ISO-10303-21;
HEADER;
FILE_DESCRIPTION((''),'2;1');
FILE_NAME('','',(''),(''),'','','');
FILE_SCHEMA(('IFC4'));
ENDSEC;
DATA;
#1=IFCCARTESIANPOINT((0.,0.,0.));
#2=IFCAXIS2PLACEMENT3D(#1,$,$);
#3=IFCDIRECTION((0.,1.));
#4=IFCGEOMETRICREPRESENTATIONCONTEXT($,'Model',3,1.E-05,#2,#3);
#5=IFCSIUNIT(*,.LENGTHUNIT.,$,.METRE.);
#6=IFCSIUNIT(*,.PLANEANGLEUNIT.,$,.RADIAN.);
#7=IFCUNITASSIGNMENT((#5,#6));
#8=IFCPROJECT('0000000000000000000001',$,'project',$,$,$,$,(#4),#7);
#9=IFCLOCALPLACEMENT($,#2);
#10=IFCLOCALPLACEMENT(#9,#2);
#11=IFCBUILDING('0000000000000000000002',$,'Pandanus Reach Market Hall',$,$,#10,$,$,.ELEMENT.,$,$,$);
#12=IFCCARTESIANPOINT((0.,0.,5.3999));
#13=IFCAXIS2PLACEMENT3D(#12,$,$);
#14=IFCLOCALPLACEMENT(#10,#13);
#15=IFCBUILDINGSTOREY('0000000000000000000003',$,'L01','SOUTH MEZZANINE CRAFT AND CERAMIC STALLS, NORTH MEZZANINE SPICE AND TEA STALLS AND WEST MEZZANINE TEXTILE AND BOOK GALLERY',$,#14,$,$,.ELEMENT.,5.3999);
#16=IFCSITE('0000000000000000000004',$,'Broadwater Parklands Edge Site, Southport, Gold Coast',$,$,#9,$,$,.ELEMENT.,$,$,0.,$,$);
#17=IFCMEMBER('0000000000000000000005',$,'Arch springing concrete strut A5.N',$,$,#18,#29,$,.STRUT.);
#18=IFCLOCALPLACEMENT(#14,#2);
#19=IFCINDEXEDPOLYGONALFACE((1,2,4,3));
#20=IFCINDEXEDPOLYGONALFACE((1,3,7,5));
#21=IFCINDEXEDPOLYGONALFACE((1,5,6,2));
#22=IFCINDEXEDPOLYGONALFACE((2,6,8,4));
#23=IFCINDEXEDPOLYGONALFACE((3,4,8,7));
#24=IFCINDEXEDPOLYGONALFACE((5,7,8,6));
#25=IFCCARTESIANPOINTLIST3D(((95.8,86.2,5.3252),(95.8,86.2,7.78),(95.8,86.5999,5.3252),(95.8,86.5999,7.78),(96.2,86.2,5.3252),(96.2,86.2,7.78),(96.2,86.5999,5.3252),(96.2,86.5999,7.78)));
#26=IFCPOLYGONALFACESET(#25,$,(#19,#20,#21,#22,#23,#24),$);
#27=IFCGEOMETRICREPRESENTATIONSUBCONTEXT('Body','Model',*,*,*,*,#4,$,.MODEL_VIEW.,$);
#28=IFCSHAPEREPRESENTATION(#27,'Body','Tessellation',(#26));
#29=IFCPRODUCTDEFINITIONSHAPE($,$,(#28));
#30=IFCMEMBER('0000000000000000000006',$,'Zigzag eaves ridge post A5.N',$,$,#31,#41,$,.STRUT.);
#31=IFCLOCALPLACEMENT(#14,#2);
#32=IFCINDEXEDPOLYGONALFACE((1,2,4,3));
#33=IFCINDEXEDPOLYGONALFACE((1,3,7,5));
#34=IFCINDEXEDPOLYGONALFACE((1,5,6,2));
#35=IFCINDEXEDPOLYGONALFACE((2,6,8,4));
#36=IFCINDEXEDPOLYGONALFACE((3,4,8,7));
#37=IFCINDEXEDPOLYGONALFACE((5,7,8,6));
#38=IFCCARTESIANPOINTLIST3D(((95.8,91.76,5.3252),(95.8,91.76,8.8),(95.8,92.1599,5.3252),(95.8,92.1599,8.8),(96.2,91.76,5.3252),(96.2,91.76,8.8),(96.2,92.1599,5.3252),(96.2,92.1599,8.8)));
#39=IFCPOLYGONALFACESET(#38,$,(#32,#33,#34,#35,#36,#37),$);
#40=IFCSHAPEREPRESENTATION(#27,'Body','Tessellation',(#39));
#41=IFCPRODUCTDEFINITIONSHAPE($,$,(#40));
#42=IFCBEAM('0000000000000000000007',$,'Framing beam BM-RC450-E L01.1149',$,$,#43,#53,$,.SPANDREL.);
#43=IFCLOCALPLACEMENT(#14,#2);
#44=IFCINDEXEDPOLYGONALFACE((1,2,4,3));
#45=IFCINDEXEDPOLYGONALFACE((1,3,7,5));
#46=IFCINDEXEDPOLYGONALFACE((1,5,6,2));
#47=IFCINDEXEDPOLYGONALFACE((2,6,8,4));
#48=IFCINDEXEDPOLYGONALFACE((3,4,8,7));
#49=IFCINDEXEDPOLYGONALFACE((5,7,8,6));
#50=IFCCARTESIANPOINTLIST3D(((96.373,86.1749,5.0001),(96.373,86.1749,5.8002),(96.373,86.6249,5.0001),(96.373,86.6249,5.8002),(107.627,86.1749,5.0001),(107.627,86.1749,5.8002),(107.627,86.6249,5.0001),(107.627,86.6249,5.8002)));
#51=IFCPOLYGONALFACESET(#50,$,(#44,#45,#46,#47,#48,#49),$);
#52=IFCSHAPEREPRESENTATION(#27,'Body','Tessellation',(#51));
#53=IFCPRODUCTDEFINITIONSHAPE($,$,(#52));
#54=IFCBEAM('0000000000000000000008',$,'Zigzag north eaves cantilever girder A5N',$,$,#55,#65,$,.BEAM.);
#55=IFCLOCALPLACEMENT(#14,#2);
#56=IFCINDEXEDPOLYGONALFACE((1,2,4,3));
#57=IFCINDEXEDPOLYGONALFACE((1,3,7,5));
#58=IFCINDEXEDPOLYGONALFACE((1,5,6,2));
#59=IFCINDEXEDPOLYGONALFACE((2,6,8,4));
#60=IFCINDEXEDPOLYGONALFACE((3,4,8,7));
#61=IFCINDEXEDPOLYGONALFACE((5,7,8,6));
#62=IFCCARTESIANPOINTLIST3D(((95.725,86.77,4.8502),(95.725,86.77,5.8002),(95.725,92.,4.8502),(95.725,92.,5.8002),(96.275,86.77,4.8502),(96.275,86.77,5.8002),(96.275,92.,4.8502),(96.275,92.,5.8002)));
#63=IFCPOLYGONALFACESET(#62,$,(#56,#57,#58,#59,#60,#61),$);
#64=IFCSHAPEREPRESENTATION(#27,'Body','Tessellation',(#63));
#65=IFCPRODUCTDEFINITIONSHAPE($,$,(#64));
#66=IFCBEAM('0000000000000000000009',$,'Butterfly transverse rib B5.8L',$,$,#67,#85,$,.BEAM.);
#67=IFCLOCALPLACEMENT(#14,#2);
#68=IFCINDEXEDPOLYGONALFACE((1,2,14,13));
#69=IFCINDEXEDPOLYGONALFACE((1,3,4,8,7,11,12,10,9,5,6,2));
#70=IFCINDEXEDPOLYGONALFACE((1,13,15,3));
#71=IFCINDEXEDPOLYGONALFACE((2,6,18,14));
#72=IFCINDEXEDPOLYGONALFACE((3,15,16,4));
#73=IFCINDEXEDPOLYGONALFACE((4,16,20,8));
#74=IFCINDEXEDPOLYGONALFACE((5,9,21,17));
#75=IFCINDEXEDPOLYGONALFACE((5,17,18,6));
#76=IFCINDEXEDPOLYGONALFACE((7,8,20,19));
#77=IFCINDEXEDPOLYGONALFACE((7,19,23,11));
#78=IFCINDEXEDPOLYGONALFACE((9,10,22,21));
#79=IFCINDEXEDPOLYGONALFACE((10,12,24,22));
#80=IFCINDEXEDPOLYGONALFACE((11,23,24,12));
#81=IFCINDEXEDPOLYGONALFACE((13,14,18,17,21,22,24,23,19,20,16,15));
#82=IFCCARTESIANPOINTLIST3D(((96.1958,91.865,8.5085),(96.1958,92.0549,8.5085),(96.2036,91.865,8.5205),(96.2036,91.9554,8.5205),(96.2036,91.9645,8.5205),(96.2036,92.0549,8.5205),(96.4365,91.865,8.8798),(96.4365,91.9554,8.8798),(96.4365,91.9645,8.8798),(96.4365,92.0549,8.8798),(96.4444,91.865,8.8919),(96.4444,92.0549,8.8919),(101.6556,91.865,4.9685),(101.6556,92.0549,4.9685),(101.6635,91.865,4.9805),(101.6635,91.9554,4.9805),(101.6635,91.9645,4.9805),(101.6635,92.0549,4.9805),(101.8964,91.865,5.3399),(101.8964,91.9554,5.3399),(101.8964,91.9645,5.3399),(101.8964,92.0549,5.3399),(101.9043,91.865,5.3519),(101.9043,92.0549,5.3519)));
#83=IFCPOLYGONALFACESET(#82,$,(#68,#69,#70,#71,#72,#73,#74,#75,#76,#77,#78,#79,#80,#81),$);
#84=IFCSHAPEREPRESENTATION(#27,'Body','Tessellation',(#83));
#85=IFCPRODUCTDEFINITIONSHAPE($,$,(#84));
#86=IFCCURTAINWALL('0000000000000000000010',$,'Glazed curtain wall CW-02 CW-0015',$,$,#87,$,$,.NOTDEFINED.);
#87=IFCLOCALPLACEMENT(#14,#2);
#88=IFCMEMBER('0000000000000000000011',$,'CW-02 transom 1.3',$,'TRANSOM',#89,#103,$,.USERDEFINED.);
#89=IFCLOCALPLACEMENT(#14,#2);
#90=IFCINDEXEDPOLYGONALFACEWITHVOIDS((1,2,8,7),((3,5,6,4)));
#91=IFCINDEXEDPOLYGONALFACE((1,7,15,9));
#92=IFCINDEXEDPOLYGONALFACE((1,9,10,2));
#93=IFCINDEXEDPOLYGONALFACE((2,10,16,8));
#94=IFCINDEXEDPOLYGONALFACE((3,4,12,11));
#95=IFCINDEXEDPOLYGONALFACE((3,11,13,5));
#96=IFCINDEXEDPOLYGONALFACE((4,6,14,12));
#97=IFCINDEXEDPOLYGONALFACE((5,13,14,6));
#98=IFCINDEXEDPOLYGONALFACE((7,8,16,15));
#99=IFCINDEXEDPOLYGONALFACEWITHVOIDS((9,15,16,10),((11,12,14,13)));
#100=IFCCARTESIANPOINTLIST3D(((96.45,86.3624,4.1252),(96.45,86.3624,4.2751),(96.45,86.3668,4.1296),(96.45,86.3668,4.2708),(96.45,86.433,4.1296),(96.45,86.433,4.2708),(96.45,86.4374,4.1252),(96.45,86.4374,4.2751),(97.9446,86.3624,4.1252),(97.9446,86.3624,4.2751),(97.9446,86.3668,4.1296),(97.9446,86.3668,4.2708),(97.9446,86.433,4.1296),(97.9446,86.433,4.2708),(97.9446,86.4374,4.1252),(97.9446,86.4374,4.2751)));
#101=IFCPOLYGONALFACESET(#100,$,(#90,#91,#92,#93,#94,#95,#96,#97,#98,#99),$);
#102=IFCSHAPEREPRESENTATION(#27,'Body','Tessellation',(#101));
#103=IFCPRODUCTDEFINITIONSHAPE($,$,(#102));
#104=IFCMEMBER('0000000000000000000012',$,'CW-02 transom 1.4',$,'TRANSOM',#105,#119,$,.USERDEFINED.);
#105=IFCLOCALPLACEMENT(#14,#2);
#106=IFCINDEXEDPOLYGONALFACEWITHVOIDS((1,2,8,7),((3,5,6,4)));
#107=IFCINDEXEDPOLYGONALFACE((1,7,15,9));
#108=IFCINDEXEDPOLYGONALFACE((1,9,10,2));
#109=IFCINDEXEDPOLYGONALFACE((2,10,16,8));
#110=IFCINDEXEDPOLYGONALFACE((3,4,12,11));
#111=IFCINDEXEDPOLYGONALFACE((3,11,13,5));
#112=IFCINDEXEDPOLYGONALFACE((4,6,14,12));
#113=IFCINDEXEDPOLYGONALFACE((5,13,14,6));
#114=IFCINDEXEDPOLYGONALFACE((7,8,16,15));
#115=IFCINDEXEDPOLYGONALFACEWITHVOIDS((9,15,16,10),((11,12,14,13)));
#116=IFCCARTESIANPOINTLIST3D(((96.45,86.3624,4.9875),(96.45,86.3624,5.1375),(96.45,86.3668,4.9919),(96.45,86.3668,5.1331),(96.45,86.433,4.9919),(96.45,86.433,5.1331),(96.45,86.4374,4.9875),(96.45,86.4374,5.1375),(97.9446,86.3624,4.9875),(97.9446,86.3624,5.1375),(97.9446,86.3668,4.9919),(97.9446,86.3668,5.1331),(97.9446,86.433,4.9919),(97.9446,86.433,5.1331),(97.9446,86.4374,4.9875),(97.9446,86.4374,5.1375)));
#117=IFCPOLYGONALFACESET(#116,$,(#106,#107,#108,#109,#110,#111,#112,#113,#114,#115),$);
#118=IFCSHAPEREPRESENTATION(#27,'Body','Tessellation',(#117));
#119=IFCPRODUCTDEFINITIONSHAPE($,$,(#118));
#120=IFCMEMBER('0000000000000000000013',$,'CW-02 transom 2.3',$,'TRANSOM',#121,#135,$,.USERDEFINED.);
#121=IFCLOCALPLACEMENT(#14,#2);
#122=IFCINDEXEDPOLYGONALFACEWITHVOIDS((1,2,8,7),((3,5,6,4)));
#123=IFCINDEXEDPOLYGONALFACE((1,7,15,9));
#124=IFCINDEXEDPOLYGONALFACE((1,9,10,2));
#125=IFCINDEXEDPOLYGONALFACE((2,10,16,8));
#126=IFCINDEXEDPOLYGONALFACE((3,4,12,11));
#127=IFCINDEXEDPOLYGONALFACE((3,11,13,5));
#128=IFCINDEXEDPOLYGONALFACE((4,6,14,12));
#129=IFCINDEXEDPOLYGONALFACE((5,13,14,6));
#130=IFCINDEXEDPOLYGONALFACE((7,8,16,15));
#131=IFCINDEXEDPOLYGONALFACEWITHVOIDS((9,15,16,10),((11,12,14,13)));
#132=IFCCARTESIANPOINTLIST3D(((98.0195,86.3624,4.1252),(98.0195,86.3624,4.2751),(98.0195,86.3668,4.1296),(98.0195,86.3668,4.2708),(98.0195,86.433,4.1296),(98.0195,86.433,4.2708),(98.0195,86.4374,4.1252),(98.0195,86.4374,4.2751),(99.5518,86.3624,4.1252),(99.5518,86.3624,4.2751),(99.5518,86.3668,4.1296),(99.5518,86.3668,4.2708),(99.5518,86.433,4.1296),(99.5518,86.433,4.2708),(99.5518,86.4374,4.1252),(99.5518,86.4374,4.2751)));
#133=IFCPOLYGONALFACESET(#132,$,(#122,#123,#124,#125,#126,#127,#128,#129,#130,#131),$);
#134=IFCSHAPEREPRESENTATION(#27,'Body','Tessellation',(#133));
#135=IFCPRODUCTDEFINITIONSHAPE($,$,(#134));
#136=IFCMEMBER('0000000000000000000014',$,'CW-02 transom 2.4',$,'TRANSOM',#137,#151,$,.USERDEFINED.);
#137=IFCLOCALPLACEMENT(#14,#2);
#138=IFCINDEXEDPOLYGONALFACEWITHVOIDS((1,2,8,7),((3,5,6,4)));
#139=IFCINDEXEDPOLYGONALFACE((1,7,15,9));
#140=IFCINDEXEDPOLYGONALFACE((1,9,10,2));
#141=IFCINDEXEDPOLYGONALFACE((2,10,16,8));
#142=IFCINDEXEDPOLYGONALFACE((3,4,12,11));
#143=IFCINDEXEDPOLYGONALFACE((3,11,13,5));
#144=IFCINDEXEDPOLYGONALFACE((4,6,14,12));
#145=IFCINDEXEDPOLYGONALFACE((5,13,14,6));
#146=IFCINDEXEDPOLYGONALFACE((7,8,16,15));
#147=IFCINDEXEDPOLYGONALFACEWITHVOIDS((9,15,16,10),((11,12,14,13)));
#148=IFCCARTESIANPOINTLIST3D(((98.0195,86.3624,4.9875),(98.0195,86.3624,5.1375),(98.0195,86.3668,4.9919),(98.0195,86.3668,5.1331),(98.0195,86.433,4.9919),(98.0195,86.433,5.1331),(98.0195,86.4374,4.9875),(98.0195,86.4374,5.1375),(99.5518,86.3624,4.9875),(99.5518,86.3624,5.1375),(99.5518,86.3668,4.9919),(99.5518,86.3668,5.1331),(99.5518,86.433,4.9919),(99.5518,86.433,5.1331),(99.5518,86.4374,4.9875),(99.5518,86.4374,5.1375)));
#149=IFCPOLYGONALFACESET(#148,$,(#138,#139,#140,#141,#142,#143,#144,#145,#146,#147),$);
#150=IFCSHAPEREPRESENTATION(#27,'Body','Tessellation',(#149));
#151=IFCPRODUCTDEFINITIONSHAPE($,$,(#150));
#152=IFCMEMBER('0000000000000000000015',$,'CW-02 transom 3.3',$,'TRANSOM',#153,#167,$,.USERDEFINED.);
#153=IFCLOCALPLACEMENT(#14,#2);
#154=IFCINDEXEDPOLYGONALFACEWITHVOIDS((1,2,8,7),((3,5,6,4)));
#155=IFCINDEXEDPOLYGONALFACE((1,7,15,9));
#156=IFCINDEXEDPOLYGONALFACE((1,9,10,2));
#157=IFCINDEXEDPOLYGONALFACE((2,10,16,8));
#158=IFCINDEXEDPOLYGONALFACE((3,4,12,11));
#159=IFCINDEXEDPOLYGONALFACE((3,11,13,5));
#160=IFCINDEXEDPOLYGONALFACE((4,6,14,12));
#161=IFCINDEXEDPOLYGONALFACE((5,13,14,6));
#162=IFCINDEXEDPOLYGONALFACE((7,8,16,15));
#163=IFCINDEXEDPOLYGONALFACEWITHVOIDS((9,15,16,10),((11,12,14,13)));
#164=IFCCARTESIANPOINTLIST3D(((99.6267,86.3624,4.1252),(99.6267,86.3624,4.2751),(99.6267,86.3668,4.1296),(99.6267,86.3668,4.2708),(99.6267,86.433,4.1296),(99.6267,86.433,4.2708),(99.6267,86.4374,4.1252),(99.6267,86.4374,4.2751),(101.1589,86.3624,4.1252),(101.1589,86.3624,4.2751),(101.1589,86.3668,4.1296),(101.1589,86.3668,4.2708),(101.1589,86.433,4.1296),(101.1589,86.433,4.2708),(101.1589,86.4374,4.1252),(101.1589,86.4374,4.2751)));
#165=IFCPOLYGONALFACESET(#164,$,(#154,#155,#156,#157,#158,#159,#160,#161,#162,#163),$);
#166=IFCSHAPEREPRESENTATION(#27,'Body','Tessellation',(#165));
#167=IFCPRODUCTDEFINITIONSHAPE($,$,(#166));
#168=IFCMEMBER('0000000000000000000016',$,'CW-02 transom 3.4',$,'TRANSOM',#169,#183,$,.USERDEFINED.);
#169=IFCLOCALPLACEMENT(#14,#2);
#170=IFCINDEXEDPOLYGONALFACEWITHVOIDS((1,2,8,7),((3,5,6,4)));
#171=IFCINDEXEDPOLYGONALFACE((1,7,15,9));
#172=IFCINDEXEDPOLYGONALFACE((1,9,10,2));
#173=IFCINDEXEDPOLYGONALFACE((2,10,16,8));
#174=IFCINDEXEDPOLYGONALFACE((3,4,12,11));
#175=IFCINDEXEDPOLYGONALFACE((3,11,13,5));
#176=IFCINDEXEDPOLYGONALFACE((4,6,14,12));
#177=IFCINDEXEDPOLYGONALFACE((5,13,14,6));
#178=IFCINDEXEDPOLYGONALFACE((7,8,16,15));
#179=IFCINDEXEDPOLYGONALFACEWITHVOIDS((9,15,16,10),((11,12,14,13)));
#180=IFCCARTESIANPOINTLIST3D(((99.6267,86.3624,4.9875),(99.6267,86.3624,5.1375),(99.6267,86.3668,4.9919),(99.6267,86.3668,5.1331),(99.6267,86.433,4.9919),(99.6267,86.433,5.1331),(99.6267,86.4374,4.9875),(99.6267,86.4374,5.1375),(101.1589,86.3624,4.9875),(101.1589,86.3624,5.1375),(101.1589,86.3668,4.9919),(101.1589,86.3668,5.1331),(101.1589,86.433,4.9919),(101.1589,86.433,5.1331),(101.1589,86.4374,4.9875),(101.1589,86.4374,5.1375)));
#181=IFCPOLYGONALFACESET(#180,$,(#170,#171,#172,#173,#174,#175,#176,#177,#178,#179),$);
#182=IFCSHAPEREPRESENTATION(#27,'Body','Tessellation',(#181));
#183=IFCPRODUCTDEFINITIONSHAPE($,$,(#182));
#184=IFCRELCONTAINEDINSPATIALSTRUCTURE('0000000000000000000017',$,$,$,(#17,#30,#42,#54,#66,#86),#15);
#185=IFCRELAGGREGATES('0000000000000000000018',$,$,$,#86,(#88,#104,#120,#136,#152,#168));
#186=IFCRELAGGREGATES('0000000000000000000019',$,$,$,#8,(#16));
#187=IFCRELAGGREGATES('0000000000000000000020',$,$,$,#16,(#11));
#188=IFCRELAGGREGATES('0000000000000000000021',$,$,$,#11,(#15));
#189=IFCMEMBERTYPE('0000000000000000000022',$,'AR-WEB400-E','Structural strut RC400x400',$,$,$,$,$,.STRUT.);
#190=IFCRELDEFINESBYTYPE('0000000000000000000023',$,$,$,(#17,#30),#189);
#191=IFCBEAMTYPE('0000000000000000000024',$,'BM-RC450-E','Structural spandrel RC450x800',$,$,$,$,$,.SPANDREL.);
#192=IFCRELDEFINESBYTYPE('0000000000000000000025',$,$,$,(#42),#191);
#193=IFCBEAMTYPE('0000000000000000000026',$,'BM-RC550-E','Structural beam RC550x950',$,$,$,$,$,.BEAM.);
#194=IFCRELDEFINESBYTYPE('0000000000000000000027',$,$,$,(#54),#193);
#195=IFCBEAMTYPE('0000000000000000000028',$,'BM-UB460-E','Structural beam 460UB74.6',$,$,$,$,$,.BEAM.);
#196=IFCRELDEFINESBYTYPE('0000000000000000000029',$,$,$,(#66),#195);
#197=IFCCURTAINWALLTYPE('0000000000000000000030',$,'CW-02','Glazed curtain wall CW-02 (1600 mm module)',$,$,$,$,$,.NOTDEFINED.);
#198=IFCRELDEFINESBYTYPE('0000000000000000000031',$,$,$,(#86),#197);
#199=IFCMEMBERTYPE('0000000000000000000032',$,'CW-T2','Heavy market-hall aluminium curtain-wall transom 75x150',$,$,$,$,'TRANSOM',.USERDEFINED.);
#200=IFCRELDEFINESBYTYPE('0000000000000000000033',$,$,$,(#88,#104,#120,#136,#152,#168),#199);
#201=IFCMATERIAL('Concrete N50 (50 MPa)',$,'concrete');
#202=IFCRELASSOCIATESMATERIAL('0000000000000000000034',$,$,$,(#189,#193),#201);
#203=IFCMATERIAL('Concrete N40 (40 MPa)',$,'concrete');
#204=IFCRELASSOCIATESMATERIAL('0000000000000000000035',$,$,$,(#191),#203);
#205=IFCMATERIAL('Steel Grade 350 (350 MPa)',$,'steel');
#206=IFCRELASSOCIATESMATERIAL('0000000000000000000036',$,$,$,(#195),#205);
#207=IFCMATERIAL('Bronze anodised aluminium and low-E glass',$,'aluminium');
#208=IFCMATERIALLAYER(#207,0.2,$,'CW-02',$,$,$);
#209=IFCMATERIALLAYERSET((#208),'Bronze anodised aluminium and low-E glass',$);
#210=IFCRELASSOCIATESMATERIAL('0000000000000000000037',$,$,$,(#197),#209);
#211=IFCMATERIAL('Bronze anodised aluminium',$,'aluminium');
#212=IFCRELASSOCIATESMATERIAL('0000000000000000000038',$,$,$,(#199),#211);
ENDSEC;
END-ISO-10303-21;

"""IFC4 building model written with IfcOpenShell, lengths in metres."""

from ifc_helpers import new_model, si_unit, direction, frame, origin, origin_2d, place, context, subcontext, project, spatial, rectangle, hollow_rectangle, i_section, extrude, material, layer, layer_set, material_profile, profile_set, type_object, element, aggregate, save


model = new_model("IFC4")

# Units and contexts
model_context = context("Model", 3, precision=1e-05, world=origin(), true_north=direction((0.0, 1.0)))
body_context = subcontext(model_context, "Body", "Model", "MODEL_VIEW")
ifc_project = project(units=[si_unit("LENGTHUNIT", "METRE"), si_unit("PLANEANGLEUNIT", "RADIAN")], contexts=[model_context])

# Site, building, storey
site_placement = place(None, origin())
site = spatial("IfcSite", under=ifc_project, at=site_placement, Name="Broadwater Parklands Edge Site, Southport, Gold Coast", CompositionType="ELEMENT", RefElevation=0.0)
building_placement = place(site_placement, origin())
building = spatial("IfcBuilding", under=site, at=building_placement, Name="Pandanus Reach Market Hall", CompositionType="ELEMENT")
storey_placement = place(building_placement, frame((0.0, 0.0, 5.3999)))
storey = spatial("IfcBuildingStorey", under=building, at=storey_placement, Name="L01", Description="SOUTH MEZZANINE CRAFT AND CERAMIC STALLS, NORTH MEZZANINE SPICE AND TEA STALLS AND WEST MEZZANINE TEXTILE AND BOOK GALLERY", CompositionType="ELEMENT", Elevation=5.3999)

# Members
ifc_material_1 = material(Name="Concrete N50 (50 MPa)", Category="concrete")
ifc_material_profile_1 = material_profile(ifc_material_1, rectangle(XDim=0.3999, YDim=0.3999, at=origin_2d()), Name="RC400x400", Category="LoadBearing")
ifc_profile_set_1 = profile_set([ifc_material_profile_1], Name="Concrete N50 (50 MPa)")
member_type_1 = type_object("IfcMemberType", Name="AR-WEB400-E", Description="Structural strut RC400x400", PredefinedType="STRUT", material=ifc_profile_set_1)
member_1_placement = place(storey_placement, frame((96.0, 86.3999, 5.3252), z_axis=(0.0, 0.0, 1.0), x_axis=(1.0, 0.0, 0.0)))
element("IfcMember", 1, at=member_1_placement, inside=storey, type_object=member_type_1, Name="Arch springing concrete strut A5.N", PredefinedType="STRUT", context=body_context, shape_type="SweptSolid", body=[
    extrude(rectangle(XDim=0.3999, YDim=0.3999, at=origin_2d()), origin(), (0.0, 0.0, 1.0), 2.4548),
])
member_2_placement = place(storey_placement, frame((96.0, 91.96, 5.3252), z_axis=(0.0, 0.0, 1.0), x_axis=(1.0, 0.0, 0.0)))
element("IfcMember", 2, at=member_2_placement, inside=storey, type_object=member_type_1, Name="Zigzag eaves ridge post A5.N", PredefinedType="STRUT", context=body_context, shape_type="SweptSolid", body=[
    extrude(rectangle(XDim=0.3999, YDim=0.3999, at=origin_2d()), origin(), (0.0, 0.0, 1.0), 3.4749),
])

# Beams
ifc_material_2 = material(Name="Concrete N40 (40 MPa)", Category="concrete")
ifc_material_profile_2 = material_profile(ifc_material_2, rectangle(XDim=0.45, YDim=0.8, at=origin_2d()), Name="RC450x800", Category="LoadBearing")
ifc_profile_set_2 = profile_set([ifc_material_profile_2], Name="Concrete N40 (40 MPa)")
beam_type_1 = type_object("IfcBeamType", Name="BM-RC450-E", Description="Structural spandrel RC450x800", PredefinedType="SPANDREL", material=ifc_profile_set_2)
beam_1_placement = place(storey_placement, frame((96.373, 86.3999, 5.4001), z_axis=(1.0, 0.0, 0.0), x_axis=(0.0, 1.0, 0.0)))
element("IfcBeam", 3, at=beam_1_placement, inside=storey, type_object=beam_type_1, Name="Framing beam BM-RC450-E L01.1149", PredefinedType="SPANDREL", context=body_context, shape_type="SweptSolid", body=[
    extrude(rectangle(XDim=0.45, YDim=0.8, at=origin_2d()), origin(), (0.0, 0.0, 1.0), 11.2539),
])
ifc_material_profile_3 = material_profile(ifc_material_1, rectangle(XDim=0.55, YDim=0.95, at=origin_2d()), Name="RC550x950", Category="LoadBearing")
ifc_profile_set_3 = profile_set([ifc_material_profile_3], Name="Concrete N50 (50 MPa)")
beam_type_2 = type_object("IfcBeamType", Name="BM-RC550-E", Description="Structural beam RC550x950", PredefinedType="BEAM", material=ifc_profile_set_3)
beam_2_placement = place(storey_placement, frame((96.0, 86.77, 5.3252), z_axis=(0.0, 1.0, 0.0), x_axis=(-1.0, 0.0, 0.0)))
element("IfcBeam", 4, at=beam_2_placement, inside=storey, type_object=beam_type_2, Name="Zigzag north eaves cantilever girder A5N", PredefinedType="BEAM", context=body_context, shape_type="SweptSolid", body=[
    extrude(rectangle(XDim=0.55, YDim=0.95, at=origin_2d()), origin(), (0.0, 0.0, 1.0), 5.23),
])
ifc_material_3 = material(Name="Steel Grade 350 (350 MPa)", Category="steel")
ifc_material_profile_4 = material_profile(ifc_material_3, i_section(OverallWidth=0.1899, OverallDepth=0.457, WebThickness=0.009, FlangeThickness=0.0144, at=origin_2d()), Name="460UB74.6", Category="LoadBearing")
ifc_profile_set_4 = profile_set([ifc_material_profile_4], Name="Steel Grade 350 (350 MPa)")
beam_type_3 = type_object("IfcBeamType", Name="BM-UB460-E", Description="Structural beam 460UB74.6", PredefinedType="BEAM", material=ifc_profile_set_4)
beam_3_placement = place(storey_placement, frame((96.3201, 91.96, 8.7002), z_axis=(0.839071, 0.0, -0.544023), x_axis=(0.0, 1.0, 0.0)))
element("IfcBeam", 5, at=beam_3_placement, inside=storey, type_object=beam_type_3, Name="Butterfly transverse rib B5.8L", PredefinedType="BEAM", context=body_context, shape_type="SweptSolid", body=[
    extrude(i_section(OverallWidth=0.1899, OverallDepth=0.457, WebThickness=0.009, FlangeThickness=0.0144, at=origin_2d()), origin(), (0.0, 0.0, 1.0), 6.5071),
])

# Curtain wall, members
ifc_material_4 = material(Name="Bronze anodised aluminium and low-E glass", Category="aluminium")
ifc_layer_1 = layer(ifc_material_4, 0.2, Name="CW-02")
ifc_layer_set_1 = layer_set([ifc_layer_1], Name="Bronze anodised aluminium and low-E glass")
curtain_wall_type = type_object("IfcCurtainWallType", Name="CW-02", Description="Glazed curtain wall CW-02 (1600 mm module)", PredefinedType="NOTDEFINED", material=ifc_layer_set_1)
curtain_wall_placement = place(storey_placement, origin())
curtain_wall = element("IfcCurtainWall", 6, at=curtain_wall_placement, inside=storey, type_object=curtain_wall_type, Name="Glazed curtain wall CW-02 CW-0015", PredefinedType="NOTDEFINED")
ifc_material_5 = material(Name="Bronze anodised aluminium", Category="aluminium")
ifc_material_profile_5 = material_profile(ifc_material_5, hollow_rectangle(XDim=0.075, YDim=0.1499, WallThickness=0.0044, at=origin_2d()), Name="ALU75x150", Category="LoadBearing")
ifc_profile_set_5 = profile_set([ifc_material_profile_5], Name="Bronze anodised aluminium")
member_type_2 = type_object("IfcMemberType", Name="CW-T2", Description="Heavy market-hall aluminium curtain-wall transom 75x150", ElementType="TRANSOM", PredefinedType="USERDEFINED", material=ifc_profile_set_5)
member_3_placement = place(storey_placement, frame((96.45, 86.3999, 4.2002), z_axis=(1.0, 0.0, 0.0), x_axis=(0.0, 1.0, 0.0)))
member_3 = element("IfcMember", 7, at=member_3_placement, type_object=member_type_2, Name="CW-02 transom 1.3", ObjectType="TRANSOM", PredefinedType="USERDEFINED", context=body_context, shape_type="SweptSolid", body=[
    extrude(hollow_rectangle(XDim=0.075, YDim=0.1499, WallThickness=0.0044, at=origin_2d()), origin(), (0.0, 0.0, 1.0), 1.4946),
])
member_4_placement = place(storey_placement, frame((96.45, 86.3999, 5.0625), z_axis=(1.0, 0.0, 0.0), x_axis=(0.0, 1.0, 0.0)))
member_4 = element("IfcMember", 8, at=member_4_placement, type_object=member_type_2, Name="CW-02 transom 1.4", ObjectType="TRANSOM", PredefinedType="USERDEFINED", context=body_context, shape_type="SweptSolid", body=[
    extrude(hollow_rectangle(XDim=0.075, YDim=0.1499, WallThickness=0.0044, at=origin_2d()), origin(), (0.0, 0.0, 1.0), 1.4946),
])
member_5_placement = place(storey_placement, frame((98.0195, 86.3999, 4.2002), z_axis=(1.0, 0.0, 0.0), x_axis=(0.0, 1.0, 0.0)))
member_5 = element("IfcMember", 9, at=member_5_placement, type_object=member_type_2, Name="CW-02 transom 2.3", ObjectType="TRANSOM", PredefinedType="USERDEFINED", context=body_context, shape_type="SweptSolid", body=[
    extrude(hollow_rectangle(XDim=0.075, YDim=0.1499, WallThickness=0.0044, at=origin_2d()), origin(), (0.0, 0.0, 1.0), 1.5322),
])
member_6_placement = place(storey_placement, frame((98.0195, 86.3999, 5.0625), z_axis=(1.0, 0.0, 0.0), x_axis=(0.0, 1.0, 0.0)))
member_6 = element("IfcMember", 10, at=member_6_placement, type_object=member_type_2, Name="CW-02 transom 2.4", ObjectType="TRANSOM", PredefinedType="USERDEFINED", context=body_context, shape_type="SweptSolid", body=[
    extrude(hollow_rectangle(XDim=0.075, YDim=0.1499, WallThickness=0.0044, at=origin_2d()), origin(), (0.0, 0.0, 1.0), 1.5322),
])
member_7_placement = place(storey_placement, frame((99.6267, 86.3999, 4.2002), z_axis=(1.0, 0.0, 0.0), x_axis=(0.0, 1.0, 0.0)))
member_7 = element("IfcMember", 11, at=member_7_placement, type_object=member_type_2, Name="CW-02 transom 3.3", ObjectType="TRANSOM", PredefinedType="USERDEFINED", context=body_context, shape_type="SweptSolid", body=[
    extrude(hollow_rectangle(XDim=0.075, YDim=0.1499, WallThickness=0.0044, at=origin_2d()), origin(), (0.0, 0.0, 1.0), 1.5322),
])
member_8_placement = place(storey_placement, frame((99.6267, 86.3999, 5.0625), z_axis=(1.0, 0.0, 0.0), x_axis=(0.0, 1.0, 0.0)))
member_8 = element("IfcMember", 12, at=member_8_placement, type_object=member_type_2, Name="CW-02 transom 3.4", ObjectType="TRANSOM", PredefinedType="USERDEFINED", context=body_context, shape_type="SweptSolid", body=[
    extrude(hollow_rectangle(XDim=0.075, YDim=0.1499, WallThickness=0.0044, at=origin_2d()), origin(), (0.0, 0.0, 1.0), 1.5322),
])
aggregate(curtain_wall, [member_3, member_4, member_5, member_6, member_7, member_8])

save(model, "model.ifc")
